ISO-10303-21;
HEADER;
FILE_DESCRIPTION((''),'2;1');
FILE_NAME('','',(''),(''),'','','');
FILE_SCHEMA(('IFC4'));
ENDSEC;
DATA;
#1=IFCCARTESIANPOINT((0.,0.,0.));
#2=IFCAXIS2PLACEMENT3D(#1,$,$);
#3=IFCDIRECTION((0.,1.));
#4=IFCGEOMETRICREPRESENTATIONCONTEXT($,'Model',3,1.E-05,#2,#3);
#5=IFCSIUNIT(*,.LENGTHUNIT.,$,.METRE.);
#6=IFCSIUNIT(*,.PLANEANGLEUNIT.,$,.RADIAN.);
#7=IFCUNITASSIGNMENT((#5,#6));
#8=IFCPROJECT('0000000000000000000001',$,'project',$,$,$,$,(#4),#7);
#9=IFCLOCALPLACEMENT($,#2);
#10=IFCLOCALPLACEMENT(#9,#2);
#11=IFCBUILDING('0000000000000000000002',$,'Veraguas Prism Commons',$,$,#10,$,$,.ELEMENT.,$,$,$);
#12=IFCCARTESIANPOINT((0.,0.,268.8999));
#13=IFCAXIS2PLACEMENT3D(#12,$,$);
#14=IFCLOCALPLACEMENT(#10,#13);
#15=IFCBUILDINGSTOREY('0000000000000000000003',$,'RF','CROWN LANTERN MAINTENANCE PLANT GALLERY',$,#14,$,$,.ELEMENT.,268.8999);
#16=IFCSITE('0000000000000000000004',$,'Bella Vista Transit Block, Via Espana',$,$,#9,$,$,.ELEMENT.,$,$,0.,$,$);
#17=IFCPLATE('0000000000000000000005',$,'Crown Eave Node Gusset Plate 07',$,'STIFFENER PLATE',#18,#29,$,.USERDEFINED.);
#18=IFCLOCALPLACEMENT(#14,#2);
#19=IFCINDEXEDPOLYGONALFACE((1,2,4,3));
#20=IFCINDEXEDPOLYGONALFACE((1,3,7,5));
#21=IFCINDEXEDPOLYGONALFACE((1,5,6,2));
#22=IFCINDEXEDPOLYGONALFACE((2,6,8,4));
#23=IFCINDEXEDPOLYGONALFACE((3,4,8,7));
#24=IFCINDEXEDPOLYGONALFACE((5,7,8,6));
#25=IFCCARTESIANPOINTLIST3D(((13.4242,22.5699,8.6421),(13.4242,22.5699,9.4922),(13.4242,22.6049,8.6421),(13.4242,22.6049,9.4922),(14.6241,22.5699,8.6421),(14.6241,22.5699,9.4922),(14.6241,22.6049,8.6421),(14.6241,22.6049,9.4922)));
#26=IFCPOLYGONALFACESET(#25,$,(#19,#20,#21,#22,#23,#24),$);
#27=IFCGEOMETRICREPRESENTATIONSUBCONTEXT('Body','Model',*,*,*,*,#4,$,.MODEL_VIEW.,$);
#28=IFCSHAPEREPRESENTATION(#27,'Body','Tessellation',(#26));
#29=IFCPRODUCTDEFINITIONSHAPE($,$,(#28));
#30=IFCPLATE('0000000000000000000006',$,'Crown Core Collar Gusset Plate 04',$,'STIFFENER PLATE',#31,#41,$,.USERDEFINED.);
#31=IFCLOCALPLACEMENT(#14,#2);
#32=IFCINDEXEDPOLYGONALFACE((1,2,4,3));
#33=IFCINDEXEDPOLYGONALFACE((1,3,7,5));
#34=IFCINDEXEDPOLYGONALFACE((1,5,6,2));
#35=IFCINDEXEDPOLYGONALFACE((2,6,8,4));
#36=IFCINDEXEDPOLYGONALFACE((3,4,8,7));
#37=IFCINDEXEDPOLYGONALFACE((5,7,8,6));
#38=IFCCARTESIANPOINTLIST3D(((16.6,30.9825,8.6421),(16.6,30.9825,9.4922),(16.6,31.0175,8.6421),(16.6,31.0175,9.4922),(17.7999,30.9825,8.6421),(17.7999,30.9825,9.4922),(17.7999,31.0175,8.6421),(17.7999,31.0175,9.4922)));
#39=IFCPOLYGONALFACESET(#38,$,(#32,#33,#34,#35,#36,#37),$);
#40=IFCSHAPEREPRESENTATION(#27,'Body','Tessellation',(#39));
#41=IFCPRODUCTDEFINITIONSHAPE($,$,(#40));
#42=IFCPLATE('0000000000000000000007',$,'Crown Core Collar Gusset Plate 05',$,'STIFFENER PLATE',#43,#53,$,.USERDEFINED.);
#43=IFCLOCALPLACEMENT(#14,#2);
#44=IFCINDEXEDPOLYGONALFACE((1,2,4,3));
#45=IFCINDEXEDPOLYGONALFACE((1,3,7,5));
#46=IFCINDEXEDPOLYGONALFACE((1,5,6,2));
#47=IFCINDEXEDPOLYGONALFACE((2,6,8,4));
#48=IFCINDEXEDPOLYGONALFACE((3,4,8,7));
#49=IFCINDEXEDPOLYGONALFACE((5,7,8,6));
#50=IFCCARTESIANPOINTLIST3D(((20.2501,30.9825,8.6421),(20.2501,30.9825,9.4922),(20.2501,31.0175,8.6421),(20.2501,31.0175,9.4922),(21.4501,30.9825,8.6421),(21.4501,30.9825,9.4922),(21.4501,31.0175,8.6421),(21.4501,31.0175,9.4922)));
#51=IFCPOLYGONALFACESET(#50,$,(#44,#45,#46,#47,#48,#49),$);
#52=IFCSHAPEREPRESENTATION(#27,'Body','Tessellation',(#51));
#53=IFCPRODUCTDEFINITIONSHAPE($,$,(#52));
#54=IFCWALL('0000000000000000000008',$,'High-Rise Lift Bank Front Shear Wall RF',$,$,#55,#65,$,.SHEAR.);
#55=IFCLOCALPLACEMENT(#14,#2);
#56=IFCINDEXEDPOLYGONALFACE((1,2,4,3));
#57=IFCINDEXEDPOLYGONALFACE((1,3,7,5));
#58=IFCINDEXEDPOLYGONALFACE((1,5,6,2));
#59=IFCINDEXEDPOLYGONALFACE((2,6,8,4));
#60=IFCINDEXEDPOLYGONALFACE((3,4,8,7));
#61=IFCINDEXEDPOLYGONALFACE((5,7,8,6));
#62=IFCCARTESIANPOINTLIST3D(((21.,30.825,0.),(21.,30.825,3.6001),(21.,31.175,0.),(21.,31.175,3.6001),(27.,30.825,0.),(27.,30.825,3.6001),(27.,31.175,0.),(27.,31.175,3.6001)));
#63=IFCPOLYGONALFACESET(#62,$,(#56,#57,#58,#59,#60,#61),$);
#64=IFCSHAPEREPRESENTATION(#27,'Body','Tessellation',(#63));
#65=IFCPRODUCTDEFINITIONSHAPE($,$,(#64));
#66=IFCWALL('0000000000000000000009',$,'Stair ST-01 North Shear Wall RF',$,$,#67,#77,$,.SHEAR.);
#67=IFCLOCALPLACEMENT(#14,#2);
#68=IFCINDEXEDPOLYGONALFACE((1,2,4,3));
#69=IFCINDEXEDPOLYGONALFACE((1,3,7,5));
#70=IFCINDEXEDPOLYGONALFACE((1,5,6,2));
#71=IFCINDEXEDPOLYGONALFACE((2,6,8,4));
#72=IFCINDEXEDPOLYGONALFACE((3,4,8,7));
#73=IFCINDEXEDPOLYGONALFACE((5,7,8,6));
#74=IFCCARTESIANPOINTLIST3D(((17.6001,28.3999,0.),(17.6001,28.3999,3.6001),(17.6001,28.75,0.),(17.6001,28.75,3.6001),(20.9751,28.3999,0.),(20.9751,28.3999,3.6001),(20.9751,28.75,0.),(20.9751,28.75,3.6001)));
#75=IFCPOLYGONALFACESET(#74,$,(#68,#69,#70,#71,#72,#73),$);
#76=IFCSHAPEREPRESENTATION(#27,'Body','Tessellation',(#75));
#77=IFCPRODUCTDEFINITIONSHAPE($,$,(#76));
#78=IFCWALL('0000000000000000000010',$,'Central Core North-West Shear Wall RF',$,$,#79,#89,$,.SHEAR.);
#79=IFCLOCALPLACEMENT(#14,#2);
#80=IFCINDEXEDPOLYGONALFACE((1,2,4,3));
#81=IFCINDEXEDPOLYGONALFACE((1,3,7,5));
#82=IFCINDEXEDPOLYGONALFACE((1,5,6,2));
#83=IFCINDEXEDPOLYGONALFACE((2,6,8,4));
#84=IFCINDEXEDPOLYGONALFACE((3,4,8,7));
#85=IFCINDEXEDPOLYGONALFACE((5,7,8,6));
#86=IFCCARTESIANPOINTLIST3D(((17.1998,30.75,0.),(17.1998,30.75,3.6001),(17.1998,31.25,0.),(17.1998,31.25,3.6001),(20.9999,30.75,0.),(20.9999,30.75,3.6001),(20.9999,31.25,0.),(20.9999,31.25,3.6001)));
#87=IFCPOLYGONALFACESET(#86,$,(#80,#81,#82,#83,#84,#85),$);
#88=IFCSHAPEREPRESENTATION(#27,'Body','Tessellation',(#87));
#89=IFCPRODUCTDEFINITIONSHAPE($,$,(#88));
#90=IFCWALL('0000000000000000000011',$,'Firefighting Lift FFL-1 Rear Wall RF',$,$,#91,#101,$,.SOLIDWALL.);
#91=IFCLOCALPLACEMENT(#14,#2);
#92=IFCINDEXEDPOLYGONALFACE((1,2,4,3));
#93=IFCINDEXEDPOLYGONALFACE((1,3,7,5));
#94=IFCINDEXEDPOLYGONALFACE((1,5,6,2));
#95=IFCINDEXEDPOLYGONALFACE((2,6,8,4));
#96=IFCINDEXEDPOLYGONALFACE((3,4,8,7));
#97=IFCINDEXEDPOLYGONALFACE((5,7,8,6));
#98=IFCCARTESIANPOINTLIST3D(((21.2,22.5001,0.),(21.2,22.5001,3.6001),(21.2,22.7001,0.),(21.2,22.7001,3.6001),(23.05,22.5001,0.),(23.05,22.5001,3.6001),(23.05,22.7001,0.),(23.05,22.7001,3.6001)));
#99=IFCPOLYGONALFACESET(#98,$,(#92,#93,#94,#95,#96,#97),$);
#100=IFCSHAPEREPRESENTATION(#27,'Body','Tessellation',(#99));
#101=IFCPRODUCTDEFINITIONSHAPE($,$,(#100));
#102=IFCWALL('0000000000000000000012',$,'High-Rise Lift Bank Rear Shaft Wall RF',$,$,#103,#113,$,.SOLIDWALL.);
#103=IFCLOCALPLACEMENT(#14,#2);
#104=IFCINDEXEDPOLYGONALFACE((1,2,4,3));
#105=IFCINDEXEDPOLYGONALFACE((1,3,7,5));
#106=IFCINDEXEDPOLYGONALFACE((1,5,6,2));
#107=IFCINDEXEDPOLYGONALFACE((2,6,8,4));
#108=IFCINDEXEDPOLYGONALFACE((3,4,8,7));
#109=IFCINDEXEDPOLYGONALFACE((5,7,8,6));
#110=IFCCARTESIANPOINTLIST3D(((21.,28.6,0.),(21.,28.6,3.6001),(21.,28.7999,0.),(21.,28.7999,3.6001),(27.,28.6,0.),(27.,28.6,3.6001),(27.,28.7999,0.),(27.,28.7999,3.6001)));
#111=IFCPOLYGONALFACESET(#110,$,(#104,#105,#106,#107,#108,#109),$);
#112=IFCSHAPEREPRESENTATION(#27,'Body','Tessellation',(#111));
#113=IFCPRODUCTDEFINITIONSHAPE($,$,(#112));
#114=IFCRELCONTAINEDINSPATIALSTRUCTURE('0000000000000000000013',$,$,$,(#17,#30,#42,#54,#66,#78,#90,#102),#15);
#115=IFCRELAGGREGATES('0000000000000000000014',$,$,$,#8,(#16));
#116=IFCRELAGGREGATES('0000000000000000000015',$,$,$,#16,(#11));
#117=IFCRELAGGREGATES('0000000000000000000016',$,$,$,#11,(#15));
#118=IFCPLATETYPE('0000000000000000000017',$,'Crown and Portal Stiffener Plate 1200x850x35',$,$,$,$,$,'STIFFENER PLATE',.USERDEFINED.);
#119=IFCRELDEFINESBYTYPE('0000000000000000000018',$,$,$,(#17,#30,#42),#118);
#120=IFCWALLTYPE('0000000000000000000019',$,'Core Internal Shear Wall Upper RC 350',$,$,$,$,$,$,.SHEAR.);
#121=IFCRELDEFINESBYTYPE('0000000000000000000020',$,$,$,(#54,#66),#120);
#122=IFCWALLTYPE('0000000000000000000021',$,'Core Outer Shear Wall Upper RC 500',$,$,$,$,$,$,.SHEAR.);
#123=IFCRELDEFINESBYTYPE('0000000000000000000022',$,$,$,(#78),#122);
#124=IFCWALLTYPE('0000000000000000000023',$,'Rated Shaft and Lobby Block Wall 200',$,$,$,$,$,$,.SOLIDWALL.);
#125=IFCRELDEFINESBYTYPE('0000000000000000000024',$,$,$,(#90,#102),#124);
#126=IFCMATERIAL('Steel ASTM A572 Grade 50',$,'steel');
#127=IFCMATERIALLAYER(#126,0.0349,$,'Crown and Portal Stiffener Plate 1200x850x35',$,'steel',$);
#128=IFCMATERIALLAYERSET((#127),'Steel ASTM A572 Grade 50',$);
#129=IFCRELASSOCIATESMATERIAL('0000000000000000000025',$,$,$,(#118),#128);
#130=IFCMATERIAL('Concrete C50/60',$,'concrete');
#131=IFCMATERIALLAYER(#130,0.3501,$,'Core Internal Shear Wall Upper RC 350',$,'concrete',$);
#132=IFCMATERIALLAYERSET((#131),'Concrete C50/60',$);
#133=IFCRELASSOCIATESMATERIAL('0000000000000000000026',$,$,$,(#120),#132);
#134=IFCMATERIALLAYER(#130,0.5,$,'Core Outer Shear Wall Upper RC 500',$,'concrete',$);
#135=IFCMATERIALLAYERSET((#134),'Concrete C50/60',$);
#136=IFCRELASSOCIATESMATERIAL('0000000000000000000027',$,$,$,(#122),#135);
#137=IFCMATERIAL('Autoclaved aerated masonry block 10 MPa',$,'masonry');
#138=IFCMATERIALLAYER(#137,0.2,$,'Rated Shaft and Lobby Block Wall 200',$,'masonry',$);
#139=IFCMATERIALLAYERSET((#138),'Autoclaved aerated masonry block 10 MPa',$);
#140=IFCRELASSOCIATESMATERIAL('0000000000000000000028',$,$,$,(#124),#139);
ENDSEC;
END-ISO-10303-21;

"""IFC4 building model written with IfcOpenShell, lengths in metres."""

from ifc_helpers import new_model, si_unit, direction, frame, frame_2d, origin, origin_2d, place, context, subcontext, project, spatial, rectangle, extrude, source, transform, mapped, material, layer, layer_set, type_object, element, save


model = new_model("IFC4")

# Units and contexts
model_context = context("Model", 3, precision=1e-05, world=origin(), true_north=direction((0.0, 1.0)))
body_context = subcontext(model_context, "Body", "Model", "MODEL_VIEW")
ifc_project = project(units=[si_unit("LENGTHUNIT", "METRE"), si_unit("PLANEANGLEUNIT", "RADIAN")], contexts=[model_context])

# Site, building, storey
site_placement = place(None, origin())
site = spatial("IfcSite", under=ifc_project, at=site_placement, Name="Bella Vista Transit Block, Via Espana", CompositionType="ELEMENT", RefElevation=0.0)
building_placement = place(site_placement, origin())
building = spatial("IfcBuilding", under=site, at=building_placement, Name="Veraguas Prism Commons", CompositionType="ELEMENT")
storey_placement = place(building_placement, frame((0.0, 0.0, 268.8999)))
storey = spatial("IfcBuildingStorey", under=building, at=storey_placement, Name="RF", Description="CROWN LANTERN MAINTENANCE PLANT GALLERY", CompositionType="ELEMENT", Elevation=268.8999)

# Shared definitions
ifc_material_1 = material(Name="Concrete C50/60", Category="concrete")

# Plates
ifc_material_2 = material(Name="Steel ASTM A572 Grade 50", Category="steel")
ifc_layer_1 = layer(ifc_material_2, 0.0349, Name="Crown and Portal Stiffener Plate 1200x850x35", Category="steel")
ifc_layer_set_1 = layer_set([ifc_layer_1], Name="Steel ASTM A572 Grade 50")
plate_type_1 = type_object("IfcPlateType", Name="Crown and Portal Stiffener Plate 1200x850x35", ElementType="STIFFENER PLATE", PredefinedType="USERDEFINED", material=ifc_layer_set_1)
shared_shape_1 = source(origin(), body_context, "Body", "SweptSolid", [
    extrude(rectangle(XDim=1.2, YDim=0.0349, at=origin_2d()), origin(), (0.0, 0.0, 1.0), 0.8501),
])
for number, where, z_axis, x_axis, name in (
    (1, (14.0242, 22.5874, 8.6421), (0.0, 0.0, 1.0), (1.0, 0.0, 0.0), "Crown Eave Node Gusset Plate 07"),
    (2, (17.2, 31.0, 8.6421), (0.0, 0.0, 1.0), (1.0, 0.0, 0.0), "Crown Core Collar Gusset Plate 04"),
    (3, (20.8501, 31.0, 8.6421), (0.0, 0.0, 1.0), (1.0, 0.0, 0.0), "Crown Core Collar Gusset Plate 05"),
):
    element("IfcPlate", number, at=place(storey_placement, frame(where, z_axis=z_axis, x_axis=x_axis)), inside=storey, type_object=plate_type_1, Name=name, ObjectType="STIFFENER PLATE", PredefinedType="USERDEFINED", context=body_context, shape_type="MappedRepresentation", body=[
        mapped(shared_shape_1, transform((0.0, 0.0, 0.0), scale=1.0)),
    ])

# Walls
ifc_layer_2 = layer(ifc_material_1, 0.3501, Name="Core Internal Shear Wall Upper RC 350", Category="concrete")
ifc_layer_set_2 = layer_set([ifc_layer_2], Name="Concrete C50/60")
wall_type_1 = type_object("IfcWallType", Name="Core Internal Shear Wall Upper RC 350", PredefinedType="SHEAR", material=ifc_layer_set_2)
wall_1_placement = place(storey_placement, frame((21.0, 31.0, 0.0), z_axis=(0.0, 0.0, 1.0), x_axis=(1.0, 0.0, 0.0)))
element("IfcWall", 4, at=wall_1_placement, inside=storey, type_object=wall_type_1, Name="High-Rise Lift Bank Front Shear Wall RF", PredefinedType="SHEAR", context=body_context, shape_type="SweptSolid", body=[
    extrude(rectangle(XDim=6.0, YDim=0.3501, at=frame_2d((3.0, 0.0))), origin(), (0.0, 0.0, 1.0), 3.6001),
])
wall_2_placement = place(storey_placement, frame((17.6001, 28.575, 0.0), z_axis=(0.0, 0.0, 1.0), x_axis=(1.0, 0.0, 0.0)))
element("IfcWall", 5, at=wall_2_placement, inside=storey, type_object=wall_type_1, Name="Stair ST-01 North Shear Wall RF", PredefinedType="SHEAR", context=body_context, shape_type="SweptSolid", body=[
    extrude(rectangle(XDim=3.375, YDim=0.3501, at=frame_2d((1.6875, 0.0))), origin(), (0.0, 0.0, 1.0), 3.6001),
])
ifc_layer_3 = layer(ifc_material_1, 0.5, Name="Core Outer Shear Wall Upper RC 500", Category="concrete")
ifc_layer_set_3 = layer_set([ifc_layer_3], Name="Concrete C50/60")
wall_type_2 = type_object("IfcWallType", Name="Core Outer Shear Wall Upper RC 500", PredefinedType="SHEAR", material=ifc_layer_set_3)
wall_3_placement = place(storey_placement, frame((17.2, 31.0, 0.0), z_axis=(0.0, 0.0, 1.0), x_axis=(1.0, 0.0, 0.0)))
element("IfcWall", 6, at=wall_3_placement, inside=storey, type_object=wall_type_2, Name="Central Core North-West Shear Wall RF", PredefinedType="SHEAR", context=body_context, shape_type="SweptSolid", body=[
    extrude(rectangle(XDim=3.8, YDim=0.5, at=frame_2d((1.8999, 0.0))), origin(), (0.0, 0.0, 1.0), 3.6001),
])
ifc_material_3 = material(Name="Autoclaved aerated masonry block 10 MPa", Category="masonry")
ifc_layer_4 = layer(ifc_material_3, 0.2, Name="Rated Shaft and Lobby Block Wall 200", Category="masonry")
ifc_layer_set_4 = layer_set([ifc_layer_4], Name="Autoclaved aerated masonry block 10 MPa")
wall_type_3 = type_object("IfcWallType", Name="Rated Shaft and Lobby Block Wall 200", PredefinedType="SOLIDWALL", material=ifc_layer_set_4)
wall_4_placement = place(storey_placement, frame((21.2, 22.6001, 0.0), z_axis=(0.0, 0.0, 1.0), x_axis=(1.0, 0.0, 0.0)))
element("IfcWall", 7, at=wall_4_placement, inside=storey, type_object=wall_type_3, Name="Firefighting Lift FFL-1 Rear Wall RF", PredefinedType="SOLIDWALL", context=body_context, shape_type="SweptSolid", body=[
    extrude(rectangle(XDim=1.8501, YDim=0.2, at=frame_2d((0.925, 0.0))), origin(), (0.0, 0.0, 1.0), 3.6001),
])
wall_5_placement = place(storey_placement, frame((21.0, 28.7, 0.0), z_axis=(0.0, 0.0, 1.0), x_axis=(1.0, 0.0, 0.0)))
element("IfcWall", 8, at=wall_5_placement, inside=storey, type_object=wall_type_3, Name="High-Rise Lift Bank Rear Shaft Wall RF", PredefinedType="SOLIDWALL", context=body_context, shape_type="SweptSolid", body=[
    extrude(rectangle(XDim=6.0, YDim=0.2, at=frame_2d((3.0, 0.0))), origin(), (0.0, 0.0, 1.0), 3.6001),
])

save(model, "model.ifc")
